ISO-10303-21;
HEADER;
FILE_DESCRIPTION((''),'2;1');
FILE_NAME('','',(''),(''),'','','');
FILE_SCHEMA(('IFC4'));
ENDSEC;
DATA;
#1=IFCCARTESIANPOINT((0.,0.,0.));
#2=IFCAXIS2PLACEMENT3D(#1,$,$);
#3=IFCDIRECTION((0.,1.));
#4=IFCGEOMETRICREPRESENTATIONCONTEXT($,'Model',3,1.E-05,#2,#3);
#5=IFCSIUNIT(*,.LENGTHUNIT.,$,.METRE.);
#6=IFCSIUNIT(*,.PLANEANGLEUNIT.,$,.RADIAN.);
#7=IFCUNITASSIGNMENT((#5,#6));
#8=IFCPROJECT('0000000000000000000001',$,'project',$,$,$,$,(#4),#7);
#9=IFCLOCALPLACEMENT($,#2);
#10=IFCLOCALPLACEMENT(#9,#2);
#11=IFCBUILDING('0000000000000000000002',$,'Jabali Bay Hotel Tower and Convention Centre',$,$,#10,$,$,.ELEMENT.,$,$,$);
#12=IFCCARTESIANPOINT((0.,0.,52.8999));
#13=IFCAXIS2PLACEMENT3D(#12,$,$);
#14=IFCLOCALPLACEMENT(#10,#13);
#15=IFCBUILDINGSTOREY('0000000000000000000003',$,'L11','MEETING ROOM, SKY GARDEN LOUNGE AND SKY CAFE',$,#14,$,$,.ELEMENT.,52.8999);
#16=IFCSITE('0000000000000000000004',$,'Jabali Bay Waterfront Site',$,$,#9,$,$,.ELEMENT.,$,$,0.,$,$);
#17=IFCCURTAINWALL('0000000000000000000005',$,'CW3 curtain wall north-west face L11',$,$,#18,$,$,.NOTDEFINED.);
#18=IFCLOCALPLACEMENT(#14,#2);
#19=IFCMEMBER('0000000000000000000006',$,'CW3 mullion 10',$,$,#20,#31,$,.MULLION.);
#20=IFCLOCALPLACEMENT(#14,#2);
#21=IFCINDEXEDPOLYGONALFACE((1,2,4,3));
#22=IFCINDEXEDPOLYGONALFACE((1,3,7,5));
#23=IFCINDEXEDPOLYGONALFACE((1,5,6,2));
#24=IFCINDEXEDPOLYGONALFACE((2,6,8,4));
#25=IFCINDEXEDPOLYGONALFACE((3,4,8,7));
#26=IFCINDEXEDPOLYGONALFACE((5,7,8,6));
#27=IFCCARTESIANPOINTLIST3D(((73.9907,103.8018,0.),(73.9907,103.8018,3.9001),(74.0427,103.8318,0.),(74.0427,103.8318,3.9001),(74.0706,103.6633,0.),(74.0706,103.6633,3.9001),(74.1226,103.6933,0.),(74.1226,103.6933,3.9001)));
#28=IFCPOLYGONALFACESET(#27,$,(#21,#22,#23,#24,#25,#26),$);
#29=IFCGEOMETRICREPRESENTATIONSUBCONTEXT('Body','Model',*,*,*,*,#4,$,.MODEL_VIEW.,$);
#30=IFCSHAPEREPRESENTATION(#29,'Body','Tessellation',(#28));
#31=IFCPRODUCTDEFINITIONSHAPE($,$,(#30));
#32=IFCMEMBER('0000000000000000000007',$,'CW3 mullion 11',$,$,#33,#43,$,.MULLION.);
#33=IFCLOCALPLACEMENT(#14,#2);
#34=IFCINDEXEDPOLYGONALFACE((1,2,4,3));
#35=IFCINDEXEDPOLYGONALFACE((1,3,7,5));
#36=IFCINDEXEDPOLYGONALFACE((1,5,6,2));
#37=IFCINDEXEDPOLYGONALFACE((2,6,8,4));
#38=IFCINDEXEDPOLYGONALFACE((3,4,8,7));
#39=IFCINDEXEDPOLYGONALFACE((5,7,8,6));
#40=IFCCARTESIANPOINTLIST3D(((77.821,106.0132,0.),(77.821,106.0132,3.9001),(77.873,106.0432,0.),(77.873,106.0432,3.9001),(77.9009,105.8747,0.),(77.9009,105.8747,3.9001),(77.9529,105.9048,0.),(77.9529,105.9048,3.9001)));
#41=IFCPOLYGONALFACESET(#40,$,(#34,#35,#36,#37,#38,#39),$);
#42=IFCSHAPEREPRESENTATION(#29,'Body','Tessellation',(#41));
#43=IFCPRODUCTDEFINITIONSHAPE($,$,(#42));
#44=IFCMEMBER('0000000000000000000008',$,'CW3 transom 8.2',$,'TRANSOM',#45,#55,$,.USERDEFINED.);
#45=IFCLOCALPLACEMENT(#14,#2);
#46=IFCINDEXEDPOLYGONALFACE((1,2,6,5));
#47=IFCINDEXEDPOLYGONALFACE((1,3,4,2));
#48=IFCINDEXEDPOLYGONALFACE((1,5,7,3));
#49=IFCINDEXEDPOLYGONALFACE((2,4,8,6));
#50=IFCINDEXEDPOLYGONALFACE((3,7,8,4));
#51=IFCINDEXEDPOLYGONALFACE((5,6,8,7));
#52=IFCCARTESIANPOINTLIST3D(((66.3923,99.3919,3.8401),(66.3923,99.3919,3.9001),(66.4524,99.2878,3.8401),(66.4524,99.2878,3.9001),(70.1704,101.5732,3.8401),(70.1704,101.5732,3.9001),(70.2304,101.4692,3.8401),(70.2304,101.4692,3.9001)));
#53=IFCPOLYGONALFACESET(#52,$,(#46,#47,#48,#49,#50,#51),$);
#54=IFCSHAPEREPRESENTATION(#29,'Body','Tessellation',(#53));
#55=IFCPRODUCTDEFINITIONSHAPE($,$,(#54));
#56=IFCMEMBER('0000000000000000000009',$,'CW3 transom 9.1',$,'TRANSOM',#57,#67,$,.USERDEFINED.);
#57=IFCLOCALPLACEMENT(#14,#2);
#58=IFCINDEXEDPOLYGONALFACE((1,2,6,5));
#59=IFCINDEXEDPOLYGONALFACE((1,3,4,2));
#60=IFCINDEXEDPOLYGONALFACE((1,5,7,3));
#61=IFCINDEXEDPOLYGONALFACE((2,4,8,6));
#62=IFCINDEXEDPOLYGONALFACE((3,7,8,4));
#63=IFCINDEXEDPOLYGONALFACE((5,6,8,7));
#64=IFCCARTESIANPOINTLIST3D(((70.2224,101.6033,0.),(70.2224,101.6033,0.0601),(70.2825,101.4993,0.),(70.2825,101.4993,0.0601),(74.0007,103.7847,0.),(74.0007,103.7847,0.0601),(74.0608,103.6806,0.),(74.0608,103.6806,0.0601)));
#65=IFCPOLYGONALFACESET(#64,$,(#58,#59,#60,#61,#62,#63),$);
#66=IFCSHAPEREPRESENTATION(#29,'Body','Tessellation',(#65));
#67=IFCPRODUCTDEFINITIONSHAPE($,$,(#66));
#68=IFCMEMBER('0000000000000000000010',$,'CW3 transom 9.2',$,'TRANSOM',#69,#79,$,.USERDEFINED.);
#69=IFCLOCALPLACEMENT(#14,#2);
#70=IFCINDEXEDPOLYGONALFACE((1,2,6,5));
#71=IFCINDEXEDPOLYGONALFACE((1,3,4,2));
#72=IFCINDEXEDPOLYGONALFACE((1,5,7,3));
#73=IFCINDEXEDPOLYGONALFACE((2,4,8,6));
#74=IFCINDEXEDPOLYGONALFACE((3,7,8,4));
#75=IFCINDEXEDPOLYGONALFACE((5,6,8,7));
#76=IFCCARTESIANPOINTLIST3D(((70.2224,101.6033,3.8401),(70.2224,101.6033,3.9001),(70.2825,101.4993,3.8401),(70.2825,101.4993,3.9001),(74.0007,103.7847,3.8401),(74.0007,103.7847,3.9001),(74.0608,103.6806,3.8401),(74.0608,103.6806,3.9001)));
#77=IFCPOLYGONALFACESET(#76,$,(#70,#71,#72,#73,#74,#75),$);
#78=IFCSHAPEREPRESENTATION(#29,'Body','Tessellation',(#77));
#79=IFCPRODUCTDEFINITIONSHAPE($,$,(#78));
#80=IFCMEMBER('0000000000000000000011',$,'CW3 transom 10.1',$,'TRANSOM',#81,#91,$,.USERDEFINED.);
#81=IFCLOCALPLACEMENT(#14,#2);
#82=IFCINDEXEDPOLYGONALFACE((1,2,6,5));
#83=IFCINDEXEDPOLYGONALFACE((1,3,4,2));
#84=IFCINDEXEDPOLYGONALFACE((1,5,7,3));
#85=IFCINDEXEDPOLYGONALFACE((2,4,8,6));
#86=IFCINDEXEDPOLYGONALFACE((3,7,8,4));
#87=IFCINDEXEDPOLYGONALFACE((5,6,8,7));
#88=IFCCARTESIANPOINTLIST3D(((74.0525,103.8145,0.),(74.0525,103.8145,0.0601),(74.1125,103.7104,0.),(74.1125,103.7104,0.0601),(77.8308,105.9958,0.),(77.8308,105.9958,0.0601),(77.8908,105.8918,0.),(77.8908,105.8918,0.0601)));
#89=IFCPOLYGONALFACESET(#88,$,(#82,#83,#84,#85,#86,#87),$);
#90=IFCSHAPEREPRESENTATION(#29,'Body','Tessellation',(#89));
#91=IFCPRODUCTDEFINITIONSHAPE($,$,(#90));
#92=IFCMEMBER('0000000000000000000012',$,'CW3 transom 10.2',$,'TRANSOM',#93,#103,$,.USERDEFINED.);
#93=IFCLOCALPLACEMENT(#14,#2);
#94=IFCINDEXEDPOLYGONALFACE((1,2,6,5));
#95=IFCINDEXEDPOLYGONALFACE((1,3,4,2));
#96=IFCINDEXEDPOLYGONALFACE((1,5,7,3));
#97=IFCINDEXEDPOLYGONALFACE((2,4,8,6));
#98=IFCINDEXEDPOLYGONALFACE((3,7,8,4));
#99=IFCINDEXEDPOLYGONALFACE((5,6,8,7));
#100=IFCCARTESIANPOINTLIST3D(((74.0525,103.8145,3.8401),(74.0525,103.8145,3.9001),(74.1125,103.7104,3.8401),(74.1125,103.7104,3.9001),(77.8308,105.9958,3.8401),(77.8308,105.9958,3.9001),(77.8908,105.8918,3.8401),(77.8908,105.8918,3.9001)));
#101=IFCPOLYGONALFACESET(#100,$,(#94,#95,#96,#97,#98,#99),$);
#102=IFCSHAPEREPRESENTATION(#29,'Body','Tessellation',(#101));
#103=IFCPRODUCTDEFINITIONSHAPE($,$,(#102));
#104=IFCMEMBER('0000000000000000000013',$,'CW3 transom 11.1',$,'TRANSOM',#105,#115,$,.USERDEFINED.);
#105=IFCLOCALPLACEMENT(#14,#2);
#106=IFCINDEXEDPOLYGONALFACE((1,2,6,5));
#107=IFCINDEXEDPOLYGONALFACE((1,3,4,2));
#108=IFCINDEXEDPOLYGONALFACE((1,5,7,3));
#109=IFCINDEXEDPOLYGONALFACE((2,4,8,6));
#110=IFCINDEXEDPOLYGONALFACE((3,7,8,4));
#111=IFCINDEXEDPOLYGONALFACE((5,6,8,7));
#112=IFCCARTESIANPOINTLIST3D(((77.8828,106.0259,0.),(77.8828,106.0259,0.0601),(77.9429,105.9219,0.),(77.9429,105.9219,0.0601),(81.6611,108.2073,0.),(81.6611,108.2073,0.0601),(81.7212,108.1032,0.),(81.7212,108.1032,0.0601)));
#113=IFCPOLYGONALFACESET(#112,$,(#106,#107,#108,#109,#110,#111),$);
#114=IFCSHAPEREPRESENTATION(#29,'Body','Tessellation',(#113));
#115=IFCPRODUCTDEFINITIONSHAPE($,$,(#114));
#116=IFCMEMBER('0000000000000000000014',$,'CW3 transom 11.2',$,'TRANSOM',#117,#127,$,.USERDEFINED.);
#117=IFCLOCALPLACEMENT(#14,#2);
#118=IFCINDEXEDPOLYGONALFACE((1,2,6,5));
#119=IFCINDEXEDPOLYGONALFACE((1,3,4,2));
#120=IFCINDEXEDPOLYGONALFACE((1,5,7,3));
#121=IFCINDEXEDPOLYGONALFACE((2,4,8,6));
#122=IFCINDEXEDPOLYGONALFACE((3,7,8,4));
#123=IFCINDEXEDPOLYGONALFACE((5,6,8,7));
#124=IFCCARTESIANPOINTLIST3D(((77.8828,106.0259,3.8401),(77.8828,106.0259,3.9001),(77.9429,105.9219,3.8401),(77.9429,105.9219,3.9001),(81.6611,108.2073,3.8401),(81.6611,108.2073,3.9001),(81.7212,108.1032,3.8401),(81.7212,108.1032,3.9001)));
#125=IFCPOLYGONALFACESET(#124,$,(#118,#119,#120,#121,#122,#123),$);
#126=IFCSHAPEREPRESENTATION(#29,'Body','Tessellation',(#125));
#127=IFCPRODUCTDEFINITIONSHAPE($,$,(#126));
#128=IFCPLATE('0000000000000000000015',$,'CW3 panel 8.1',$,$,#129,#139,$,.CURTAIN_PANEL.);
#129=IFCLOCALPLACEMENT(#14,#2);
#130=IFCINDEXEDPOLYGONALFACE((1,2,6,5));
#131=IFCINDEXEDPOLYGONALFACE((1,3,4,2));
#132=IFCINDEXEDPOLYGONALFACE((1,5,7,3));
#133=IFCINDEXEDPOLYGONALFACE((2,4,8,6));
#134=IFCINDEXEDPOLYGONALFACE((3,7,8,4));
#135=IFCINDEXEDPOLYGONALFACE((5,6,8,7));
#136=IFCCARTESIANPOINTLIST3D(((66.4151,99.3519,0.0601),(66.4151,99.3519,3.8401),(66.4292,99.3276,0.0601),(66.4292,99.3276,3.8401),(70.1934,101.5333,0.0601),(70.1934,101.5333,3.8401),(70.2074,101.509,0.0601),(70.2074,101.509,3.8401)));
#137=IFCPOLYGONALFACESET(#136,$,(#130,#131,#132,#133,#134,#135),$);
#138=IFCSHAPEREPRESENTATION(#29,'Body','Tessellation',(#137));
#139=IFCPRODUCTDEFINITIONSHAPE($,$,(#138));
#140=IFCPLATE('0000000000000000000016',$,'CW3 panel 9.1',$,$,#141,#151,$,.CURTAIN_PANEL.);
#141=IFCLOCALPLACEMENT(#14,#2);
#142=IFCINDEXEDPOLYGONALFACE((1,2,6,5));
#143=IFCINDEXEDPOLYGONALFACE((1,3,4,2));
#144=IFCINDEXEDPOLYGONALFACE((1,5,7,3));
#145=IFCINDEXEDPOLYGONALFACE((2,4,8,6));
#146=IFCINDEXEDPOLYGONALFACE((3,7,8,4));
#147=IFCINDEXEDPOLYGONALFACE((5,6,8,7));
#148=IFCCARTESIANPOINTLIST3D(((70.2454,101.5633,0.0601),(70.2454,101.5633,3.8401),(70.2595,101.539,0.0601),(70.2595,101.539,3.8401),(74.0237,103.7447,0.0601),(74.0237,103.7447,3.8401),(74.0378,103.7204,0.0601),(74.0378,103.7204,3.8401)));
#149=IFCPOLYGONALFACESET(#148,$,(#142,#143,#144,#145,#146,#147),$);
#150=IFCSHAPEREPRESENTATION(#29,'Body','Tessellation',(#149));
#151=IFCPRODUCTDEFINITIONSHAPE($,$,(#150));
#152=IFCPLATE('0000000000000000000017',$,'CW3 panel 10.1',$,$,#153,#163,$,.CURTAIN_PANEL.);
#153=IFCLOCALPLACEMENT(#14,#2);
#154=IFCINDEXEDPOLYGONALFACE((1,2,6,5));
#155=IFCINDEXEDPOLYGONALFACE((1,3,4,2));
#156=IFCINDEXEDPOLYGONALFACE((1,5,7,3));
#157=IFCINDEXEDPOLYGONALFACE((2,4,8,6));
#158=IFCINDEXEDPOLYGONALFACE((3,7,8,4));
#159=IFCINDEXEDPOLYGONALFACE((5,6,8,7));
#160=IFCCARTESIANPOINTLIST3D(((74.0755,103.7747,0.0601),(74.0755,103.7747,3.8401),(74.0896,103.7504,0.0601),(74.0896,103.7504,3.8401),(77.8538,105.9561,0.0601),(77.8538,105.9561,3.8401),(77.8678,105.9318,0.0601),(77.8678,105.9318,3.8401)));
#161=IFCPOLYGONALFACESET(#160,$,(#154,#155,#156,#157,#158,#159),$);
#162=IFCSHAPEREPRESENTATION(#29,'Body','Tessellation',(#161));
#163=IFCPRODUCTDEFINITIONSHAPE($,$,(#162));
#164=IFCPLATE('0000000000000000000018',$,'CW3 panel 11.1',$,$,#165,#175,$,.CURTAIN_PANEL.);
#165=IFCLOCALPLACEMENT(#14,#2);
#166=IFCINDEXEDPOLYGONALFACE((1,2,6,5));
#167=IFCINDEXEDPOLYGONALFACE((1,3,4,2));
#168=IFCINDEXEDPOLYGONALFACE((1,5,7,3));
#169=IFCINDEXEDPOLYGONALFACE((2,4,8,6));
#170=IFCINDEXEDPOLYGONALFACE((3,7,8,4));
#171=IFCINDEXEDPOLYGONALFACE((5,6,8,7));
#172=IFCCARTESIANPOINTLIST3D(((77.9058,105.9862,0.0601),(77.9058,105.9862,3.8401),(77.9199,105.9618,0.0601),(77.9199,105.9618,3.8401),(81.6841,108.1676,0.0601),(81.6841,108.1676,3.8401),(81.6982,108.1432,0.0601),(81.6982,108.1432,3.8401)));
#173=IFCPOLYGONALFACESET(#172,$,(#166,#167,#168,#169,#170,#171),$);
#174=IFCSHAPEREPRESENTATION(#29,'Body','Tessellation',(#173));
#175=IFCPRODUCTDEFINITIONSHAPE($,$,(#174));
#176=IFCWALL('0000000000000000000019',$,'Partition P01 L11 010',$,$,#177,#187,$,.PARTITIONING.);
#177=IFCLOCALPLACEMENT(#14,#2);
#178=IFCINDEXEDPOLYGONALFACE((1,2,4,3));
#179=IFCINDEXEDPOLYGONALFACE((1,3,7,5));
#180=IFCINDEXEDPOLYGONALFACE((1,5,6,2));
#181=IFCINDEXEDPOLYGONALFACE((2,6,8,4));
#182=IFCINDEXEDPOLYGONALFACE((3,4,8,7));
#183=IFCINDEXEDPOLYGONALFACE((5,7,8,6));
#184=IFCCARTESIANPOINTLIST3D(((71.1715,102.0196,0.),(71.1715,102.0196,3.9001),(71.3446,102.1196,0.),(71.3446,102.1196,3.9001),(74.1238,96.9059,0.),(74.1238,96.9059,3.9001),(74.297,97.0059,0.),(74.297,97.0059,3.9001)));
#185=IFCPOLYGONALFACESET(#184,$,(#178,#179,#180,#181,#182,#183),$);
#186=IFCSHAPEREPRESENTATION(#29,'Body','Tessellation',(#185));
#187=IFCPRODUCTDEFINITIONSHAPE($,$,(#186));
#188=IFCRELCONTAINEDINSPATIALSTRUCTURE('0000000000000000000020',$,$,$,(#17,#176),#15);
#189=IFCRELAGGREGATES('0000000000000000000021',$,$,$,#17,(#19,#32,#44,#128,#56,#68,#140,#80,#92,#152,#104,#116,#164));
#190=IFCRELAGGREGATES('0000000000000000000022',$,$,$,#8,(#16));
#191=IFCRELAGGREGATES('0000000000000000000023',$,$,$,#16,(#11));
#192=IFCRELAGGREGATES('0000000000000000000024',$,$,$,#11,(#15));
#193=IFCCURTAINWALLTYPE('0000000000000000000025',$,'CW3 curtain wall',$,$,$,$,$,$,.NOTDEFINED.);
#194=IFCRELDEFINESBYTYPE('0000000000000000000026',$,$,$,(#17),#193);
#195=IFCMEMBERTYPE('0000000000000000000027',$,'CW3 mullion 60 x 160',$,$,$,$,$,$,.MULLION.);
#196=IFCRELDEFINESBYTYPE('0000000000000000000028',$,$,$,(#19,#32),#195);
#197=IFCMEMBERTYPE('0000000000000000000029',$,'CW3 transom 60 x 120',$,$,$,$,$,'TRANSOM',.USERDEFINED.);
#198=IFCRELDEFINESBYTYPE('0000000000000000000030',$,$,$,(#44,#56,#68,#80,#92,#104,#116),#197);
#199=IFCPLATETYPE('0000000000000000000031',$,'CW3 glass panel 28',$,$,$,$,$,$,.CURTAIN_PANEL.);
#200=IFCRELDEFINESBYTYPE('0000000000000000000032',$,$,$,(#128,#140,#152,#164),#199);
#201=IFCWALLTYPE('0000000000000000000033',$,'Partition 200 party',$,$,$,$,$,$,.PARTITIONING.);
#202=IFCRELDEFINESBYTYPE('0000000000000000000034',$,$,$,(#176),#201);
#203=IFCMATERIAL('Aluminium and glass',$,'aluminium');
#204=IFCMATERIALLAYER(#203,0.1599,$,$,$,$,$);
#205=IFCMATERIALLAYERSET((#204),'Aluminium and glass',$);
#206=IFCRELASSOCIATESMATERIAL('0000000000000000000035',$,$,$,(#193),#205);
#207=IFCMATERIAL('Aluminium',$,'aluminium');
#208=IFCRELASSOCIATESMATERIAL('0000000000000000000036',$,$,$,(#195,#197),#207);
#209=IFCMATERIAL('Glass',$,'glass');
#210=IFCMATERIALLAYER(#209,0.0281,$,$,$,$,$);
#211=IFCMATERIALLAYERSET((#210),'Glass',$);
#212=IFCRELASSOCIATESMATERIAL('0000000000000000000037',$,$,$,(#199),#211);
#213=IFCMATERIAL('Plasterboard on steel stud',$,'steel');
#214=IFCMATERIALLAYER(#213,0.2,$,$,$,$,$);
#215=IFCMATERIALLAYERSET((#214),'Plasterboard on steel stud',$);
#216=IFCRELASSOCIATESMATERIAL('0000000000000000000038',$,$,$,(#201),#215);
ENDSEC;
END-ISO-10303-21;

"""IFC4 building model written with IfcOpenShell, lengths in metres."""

from ifc_helpers import new_model, si_unit, direction, frame, frame_2d, origin, origin_2d, place, context, subcontext, project, spatial, rectangle, extrude, material, layer, layer_set, material_profile, profile_set, type_object, element, aggregate, save


model = new_model("IFC4")

# Units and contexts
model_context = context("Model", 3, precision=1e-05, world=origin(), true_north=direction((0.0, 1.0)))
body_context = subcontext(model_context, "Body", "Model", "MODEL_VIEW")
ifc_project = project(units=[si_unit("LENGTHUNIT", "METRE"), si_unit("PLANEANGLEUNIT", "RADIAN")], contexts=[model_context])

# Site, building, storey
site_placement = place(None, origin())
site = spatial("IfcSite", under=ifc_project, at=site_placement, Name="Jabali Bay Waterfront Site", CompositionType="ELEMENT", RefElevation=0.0)
building_placement = place(site_placement, origin())
building = spatial("IfcBuilding", under=site, at=building_placement, Name="Jabali Bay Hotel Tower and Convention Centre", CompositionType="ELEMENT")
storey_placement = place(building_placement, frame((0.0, 0.0, 52.8999)))
storey = spatial("IfcBuildingStorey", under=building, at=storey_placement, Name="L11", Description="MEETING ROOM, SKY GARDEN LOUNGE AND SKY CAFE", CompositionType="ELEMENT", Elevation=52.8999)

# Curtain wall, members, plates
ifc_material_1 = material(Name="Aluminium and glass", Category="aluminium")
ifc_layer_1 = layer(ifc_material_1, 0.1599)
ifc_layer_set_1 = layer_set([ifc_layer_1], Name="Aluminium and glass")
curtain_wall_type = type_object("IfcCurtainWallType", Name="CW3 curtain wall", PredefinedType="NOTDEFINED", material=ifc_layer_set_1)
curtain_wall_placement = place(storey_placement, origin())
curtain_wall = element("IfcCurtainWall", 1, at=curtain_wall_placement, inside=storey, type_object=curtain_wall_type, Name="CW3 curtain wall north-west face L11", PredefinedType="NOTDEFINED")
ifc_material_2 = material(Name="Aluminium", Category="aluminium")
ifc_material_profile_1 = material_profile(ifc_material_2, rectangle(XDim=0.1599, YDim=0.0601, at=origin_2d()), Name="CW3 mullion 60 x 160")
ifc_profile_set_1 = profile_set([ifc_material_profile_1], Name="Aluminium")
member_type_1 = type_object("IfcMemberType", Name="CW3 mullion 60 x 160", PredefinedType="MULLION", material=ifc_profile_set_1)
member_1_placement = place(storey_placement, frame((74.0566, 103.7476, 0.0), z_axis=(0.0, 0.0, 1.0), x_axis=(-0.5, 0.866025, 0.0)))
member_1 = element("IfcMember", 2, at=member_1_placement, type_object=member_type_1, Name="CW3 mullion 10", PredefinedType="MULLION", context=body_context, shape_type="SweptSolid", body=[
    extrude(rectangle(XDim=0.1599, YDim=0.0601, at=origin_2d()), origin(), (0.0, 0.0, 1.0), 3.9001),
])
member_2_placement = place(storey_placement, frame((77.887, 105.959, 0.0), z_axis=(0.0, 0.0, 1.0), x_axis=(-0.5, 0.866025, 0.0)))
member_2 = element("IfcMember", 3, at=member_2_placement, type_object=member_type_1, Name="CW3 mullion 11", PredefinedType="MULLION", context=body_context, shape_type="SweptSolid", body=[
    extrude(rectangle(XDim=0.1599, YDim=0.0601, at=origin_2d()), origin(), (0.0, 0.0, 1.0), 3.9001),
])
ifc_material_profile_2 = material_profile(ifc_material_2, rectangle(XDim=0.1201, YDim=0.0601, at=origin_2d()), Name="CW3 transom 60 x 120")
ifc_profile_set_2 = profile_set([ifc_material_profile_2], Name="Aluminium")
member_type_2 = type_object("IfcMemberType", Name="CW3 transom 60 x 120", ElementType="TRANSOM", PredefinedType="USERDEFINED", material=ifc_profile_set_2)
member_3_placement = place(storey_placement, frame((66.4224, 99.3398, 3.8701), z_axis=(0.866013, 0.500021, 0.0), x_axis=(-0.500021, 0.866013, 0.0)))
member_3 = element("IfcMember", 4, at=member_3_placement, type_object=member_type_2, Name="CW3 transom 8.2", ObjectType="TRANSOM", PredefinedType="USERDEFINED", context=body_context, shape_type="SweptSolid", body=[
    extrude(rectangle(XDim=0.1201, YDim=0.0601, at=origin_2d()), origin(), (0.0, 0.0, 1.0), 4.3625),
])
member_4_placement = place(storey_placement, frame((70.2524, 101.5513, 0.03), z_axis=(0.866027, 0.499997, 0.0), x_axis=(-0.499997, 0.866027, 0.0)))
member_4 = element("IfcMember", 5, at=member_4_placement, type_object=member_type_2, Name="CW3 transom 9.1", ObjectType="TRANSOM", PredefinedType="USERDEFINED", context=body_context, shape_type="SweptSolid", body=[
    extrude(rectangle(XDim=0.1201, YDim=0.0601, at=origin_2d()), origin(), (0.0, 0.0, 1.0), 4.3628),
])
member_5_placement = place(storey_placement, frame((70.2524, 101.5513, 3.8701), z_axis=(0.866027, 0.499997, 0.0), x_axis=(-0.499997, 0.866027, 0.0)))
member_5 = element("IfcMember", 6, at=member_5_placement, type_object=member_type_2, Name="CW3 transom 9.2", ObjectType="TRANSOM", PredefinedType="USERDEFINED", context=body_context, shape_type="SweptSolid", body=[
    extrude(rectangle(XDim=0.1201, YDim=0.0601, at=origin_2d()), origin(), (0.0, 0.0, 1.0), 4.3628),
])
member_6_placement = place(storey_placement, frame((74.0825, 103.7625, 0.03), z_axis=(0.866027, 0.499997, 0.0), x_axis=(-0.499997, 0.866027, 0.0)))
member_6 = element("IfcMember", 7, at=member_6_placement, type_object=member_type_2, Name="CW3 transom 10.1", ObjectType="TRANSOM", PredefinedType="USERDEFINED", context=body_context, shape_type="SweptSolid", body=[
    extrude(rectangle(XDim=0.1201, YDim=0.0601, at=origin_2d()), origin(), (0.0, 0.0, 1.0), 4.3628),
])
member_7_placement = place(storey_placement, frame((74.0825, 103.7625, 3.8701), z_axis=(0.866027, 0.499997, 0.0), x_axis=(-0.499997, 0.866027, 0.0)))
member_7 = element("IfcMember", 8, at=member_7_placement, type_object=member_type_2, Name="CW3 transom 10.2", ObjectType="TRANSOM", PredefinedType="USERDEFINED", context=body_context, shape_type="SweptSolid", body=[
    extrude(rectangle(XDim=0.1201, YDim=0.0601, at=origin_2d()), origin(), (0.0, 0.0, 1.0), 4.3628),
])
member_8_placement = place(storey_placement, frame((77.9128, 105.9739, 0.03), z_axis=(0.866027, 0.499997, 0.0), x_axis=(-0.499997, 0.866027, 0.0)))
member_8 = element("IfcMember", 9, at=member_8_placement, type_object=member_type_2, Name="CW3 transom 11.1", ObjectType="TRANSOM", PredefinedType="USERDEFINED", context=body_context, shape_type="SweptSolid", body=[
    extrude(rectangle(XDim=0.1201, YDim=0.0601, at=origin_2d()), origin(), (0.0, 0.0, 1.0), 4.3628),
])
member_9_placement = place(storey_placement, frame((77.9128, 105.9739, 3.8701), z_axis=(0.866027, 0.499997, 0.0), x_axis=(-0.499997, 0.866027, 0.0)))
member_9 = element("IfcMember", 10, at=member_9_placement, type_object=member_type_2, Name="CW3 transom 11.2", ObjectType="TRANSOM", PredefinedType="USERDEFINED", context=body_context, shape_type="SweptSolid", body=[
    extrude(rectangle(XDim=0.1201, YDim=0.0601, at=origin_2d()), origin(), (0.0, 0.0, 1.0), 4.3628),
])
ifc_material_3 = material(Name="Glass", Category="glass")
ifc_layer_2 = layer(ifc_material_3, 0.0281)
ifc_layer_set_2 = layer_set([ifc_layer_2], Name="Glass")
plate_type = type_object("IfcPlateType", Name="CW3 glass panel 28", PredefinedType="CURTAIN_PANEL", material=ifc_layer_set_2)
plate_1_placement = place(storey_placement, frame((68.3113, 100.4304, 0.0601), z_axis=(0.0, 0.0, 1.0), x_axis=(0.866025, 0.5, 0.0)))
plate_1 = element("IfcPlate", 11, at=plate_1_placement, type_object=plate_type, Name="CW3 panel 8.1", PredefinedType="CURTAIN_PANEL", context=body_context, shape_type="SweptSolid", body=[
    extrude(rectangle(XDim=4.3628, YDim=0.0281, at=origin_2d()), origin(), (0.0, 0.0, 1.0), 3.78),
])
plate_2_placement = place(storey_placement, frame((72.1416, 102.6418, 0.0601), z_axis=(0.0, 0.0, 1.0), x_axis=(0.866025, 0.5, 0.0)))
plate_2 = element("IfcPlate", 12, at=plate_2_placement, type_object=plate_type, Name="CW3 panel 9.1", PredefinedType="CURTAIN_PANEL", context=body_context, shape_type="SweptSolid", body=[
    extrude(rectangle(XDim=4.3628, YDim=0.0281, at=origin_2d()), origin(), (0.0, 0.0, 1.0), 3.78),
])
plate_3_placement = place(storey_placement, frame((75.9717, 104.8533, 0.0601), z_axis=(0.0, 0.0, 1.0), x_axis=(0.866025, 0.5, 0.0)))
plate_3 = element("IfcPlate", 13, at=plate_3_placement, type_object=plate_type, Name="CW3 panel 10.1", PredefinedType="CURTAIN_PANEL", context=body_context, shape_type="SweptSolid", body=[
    extrude(rectangle(XDim=4.3628, YDim=0.0281, at=origin_2d()), origin(), (0.0, 0.0, 1.0), 3.78),
])
plate_4_placement = place(storey_placement, frame((79.802, 107.0647, 0.0601), z_axis=(0.0, 0.0, 1.0), x_axis=(0.866025, 0.5, 0.0)))
plate_4 = element("IfcPlate", 14, at=plate_4_placement, type_object=plate_type, Name="CW3 panel 11.1", PredefinedType="CURTAIN_PANEL", context=body_context, shape_type="SweptSolid", body=[
    extrude(rectangle(XDim=4.3628, YDim=0.0281, at=origin_2d()), origin(), (0.0, 0.0, 1.0), 3.78),
])
aggregate(curtain_wall, [member_1, member_2, member_3, plate_1, member_4, member_5, plate_2, member_6, member_7, plate_3, member_8, member_9, plate_4])

# Wall
ifc_material_4 = material(Name="Plasterboard on steel stud", Category="steel")
ifc_layer_3 = layer(ifc_material_4, 0.2)
ifc_layer_set_3 = layer_set([ifc_layer_3], Name="Plasterboard on steel stud")
wall_type = type_object("IfcWallType", Name="Partition 200 party", PredefinedType="PARTITIONING", material=ifc_layer_set_3)
wall_placement = place(storey_placement, frame((71.2581, 102.0696, 0.0), z_axis=(0.0, 0.0, 1.0), x_axis=(0.499994, -0.866029, 0.0)))
element("IfcWall", 15, at=wall_placement, inside=storey, type_object=wall_type, Name="Partition P01 L11 010", PredefinedType="PARTITIONING", context=body_context, shape_type="SweptSolid", body=[
    extrude(rectangle(XDim=5.9048, YDim=0.2, at=frame_2d((2.9524, 0.0))), origin(), (0.0, 0.0, 1.0), 3.9001),
])

save(model, "model.ifc")
